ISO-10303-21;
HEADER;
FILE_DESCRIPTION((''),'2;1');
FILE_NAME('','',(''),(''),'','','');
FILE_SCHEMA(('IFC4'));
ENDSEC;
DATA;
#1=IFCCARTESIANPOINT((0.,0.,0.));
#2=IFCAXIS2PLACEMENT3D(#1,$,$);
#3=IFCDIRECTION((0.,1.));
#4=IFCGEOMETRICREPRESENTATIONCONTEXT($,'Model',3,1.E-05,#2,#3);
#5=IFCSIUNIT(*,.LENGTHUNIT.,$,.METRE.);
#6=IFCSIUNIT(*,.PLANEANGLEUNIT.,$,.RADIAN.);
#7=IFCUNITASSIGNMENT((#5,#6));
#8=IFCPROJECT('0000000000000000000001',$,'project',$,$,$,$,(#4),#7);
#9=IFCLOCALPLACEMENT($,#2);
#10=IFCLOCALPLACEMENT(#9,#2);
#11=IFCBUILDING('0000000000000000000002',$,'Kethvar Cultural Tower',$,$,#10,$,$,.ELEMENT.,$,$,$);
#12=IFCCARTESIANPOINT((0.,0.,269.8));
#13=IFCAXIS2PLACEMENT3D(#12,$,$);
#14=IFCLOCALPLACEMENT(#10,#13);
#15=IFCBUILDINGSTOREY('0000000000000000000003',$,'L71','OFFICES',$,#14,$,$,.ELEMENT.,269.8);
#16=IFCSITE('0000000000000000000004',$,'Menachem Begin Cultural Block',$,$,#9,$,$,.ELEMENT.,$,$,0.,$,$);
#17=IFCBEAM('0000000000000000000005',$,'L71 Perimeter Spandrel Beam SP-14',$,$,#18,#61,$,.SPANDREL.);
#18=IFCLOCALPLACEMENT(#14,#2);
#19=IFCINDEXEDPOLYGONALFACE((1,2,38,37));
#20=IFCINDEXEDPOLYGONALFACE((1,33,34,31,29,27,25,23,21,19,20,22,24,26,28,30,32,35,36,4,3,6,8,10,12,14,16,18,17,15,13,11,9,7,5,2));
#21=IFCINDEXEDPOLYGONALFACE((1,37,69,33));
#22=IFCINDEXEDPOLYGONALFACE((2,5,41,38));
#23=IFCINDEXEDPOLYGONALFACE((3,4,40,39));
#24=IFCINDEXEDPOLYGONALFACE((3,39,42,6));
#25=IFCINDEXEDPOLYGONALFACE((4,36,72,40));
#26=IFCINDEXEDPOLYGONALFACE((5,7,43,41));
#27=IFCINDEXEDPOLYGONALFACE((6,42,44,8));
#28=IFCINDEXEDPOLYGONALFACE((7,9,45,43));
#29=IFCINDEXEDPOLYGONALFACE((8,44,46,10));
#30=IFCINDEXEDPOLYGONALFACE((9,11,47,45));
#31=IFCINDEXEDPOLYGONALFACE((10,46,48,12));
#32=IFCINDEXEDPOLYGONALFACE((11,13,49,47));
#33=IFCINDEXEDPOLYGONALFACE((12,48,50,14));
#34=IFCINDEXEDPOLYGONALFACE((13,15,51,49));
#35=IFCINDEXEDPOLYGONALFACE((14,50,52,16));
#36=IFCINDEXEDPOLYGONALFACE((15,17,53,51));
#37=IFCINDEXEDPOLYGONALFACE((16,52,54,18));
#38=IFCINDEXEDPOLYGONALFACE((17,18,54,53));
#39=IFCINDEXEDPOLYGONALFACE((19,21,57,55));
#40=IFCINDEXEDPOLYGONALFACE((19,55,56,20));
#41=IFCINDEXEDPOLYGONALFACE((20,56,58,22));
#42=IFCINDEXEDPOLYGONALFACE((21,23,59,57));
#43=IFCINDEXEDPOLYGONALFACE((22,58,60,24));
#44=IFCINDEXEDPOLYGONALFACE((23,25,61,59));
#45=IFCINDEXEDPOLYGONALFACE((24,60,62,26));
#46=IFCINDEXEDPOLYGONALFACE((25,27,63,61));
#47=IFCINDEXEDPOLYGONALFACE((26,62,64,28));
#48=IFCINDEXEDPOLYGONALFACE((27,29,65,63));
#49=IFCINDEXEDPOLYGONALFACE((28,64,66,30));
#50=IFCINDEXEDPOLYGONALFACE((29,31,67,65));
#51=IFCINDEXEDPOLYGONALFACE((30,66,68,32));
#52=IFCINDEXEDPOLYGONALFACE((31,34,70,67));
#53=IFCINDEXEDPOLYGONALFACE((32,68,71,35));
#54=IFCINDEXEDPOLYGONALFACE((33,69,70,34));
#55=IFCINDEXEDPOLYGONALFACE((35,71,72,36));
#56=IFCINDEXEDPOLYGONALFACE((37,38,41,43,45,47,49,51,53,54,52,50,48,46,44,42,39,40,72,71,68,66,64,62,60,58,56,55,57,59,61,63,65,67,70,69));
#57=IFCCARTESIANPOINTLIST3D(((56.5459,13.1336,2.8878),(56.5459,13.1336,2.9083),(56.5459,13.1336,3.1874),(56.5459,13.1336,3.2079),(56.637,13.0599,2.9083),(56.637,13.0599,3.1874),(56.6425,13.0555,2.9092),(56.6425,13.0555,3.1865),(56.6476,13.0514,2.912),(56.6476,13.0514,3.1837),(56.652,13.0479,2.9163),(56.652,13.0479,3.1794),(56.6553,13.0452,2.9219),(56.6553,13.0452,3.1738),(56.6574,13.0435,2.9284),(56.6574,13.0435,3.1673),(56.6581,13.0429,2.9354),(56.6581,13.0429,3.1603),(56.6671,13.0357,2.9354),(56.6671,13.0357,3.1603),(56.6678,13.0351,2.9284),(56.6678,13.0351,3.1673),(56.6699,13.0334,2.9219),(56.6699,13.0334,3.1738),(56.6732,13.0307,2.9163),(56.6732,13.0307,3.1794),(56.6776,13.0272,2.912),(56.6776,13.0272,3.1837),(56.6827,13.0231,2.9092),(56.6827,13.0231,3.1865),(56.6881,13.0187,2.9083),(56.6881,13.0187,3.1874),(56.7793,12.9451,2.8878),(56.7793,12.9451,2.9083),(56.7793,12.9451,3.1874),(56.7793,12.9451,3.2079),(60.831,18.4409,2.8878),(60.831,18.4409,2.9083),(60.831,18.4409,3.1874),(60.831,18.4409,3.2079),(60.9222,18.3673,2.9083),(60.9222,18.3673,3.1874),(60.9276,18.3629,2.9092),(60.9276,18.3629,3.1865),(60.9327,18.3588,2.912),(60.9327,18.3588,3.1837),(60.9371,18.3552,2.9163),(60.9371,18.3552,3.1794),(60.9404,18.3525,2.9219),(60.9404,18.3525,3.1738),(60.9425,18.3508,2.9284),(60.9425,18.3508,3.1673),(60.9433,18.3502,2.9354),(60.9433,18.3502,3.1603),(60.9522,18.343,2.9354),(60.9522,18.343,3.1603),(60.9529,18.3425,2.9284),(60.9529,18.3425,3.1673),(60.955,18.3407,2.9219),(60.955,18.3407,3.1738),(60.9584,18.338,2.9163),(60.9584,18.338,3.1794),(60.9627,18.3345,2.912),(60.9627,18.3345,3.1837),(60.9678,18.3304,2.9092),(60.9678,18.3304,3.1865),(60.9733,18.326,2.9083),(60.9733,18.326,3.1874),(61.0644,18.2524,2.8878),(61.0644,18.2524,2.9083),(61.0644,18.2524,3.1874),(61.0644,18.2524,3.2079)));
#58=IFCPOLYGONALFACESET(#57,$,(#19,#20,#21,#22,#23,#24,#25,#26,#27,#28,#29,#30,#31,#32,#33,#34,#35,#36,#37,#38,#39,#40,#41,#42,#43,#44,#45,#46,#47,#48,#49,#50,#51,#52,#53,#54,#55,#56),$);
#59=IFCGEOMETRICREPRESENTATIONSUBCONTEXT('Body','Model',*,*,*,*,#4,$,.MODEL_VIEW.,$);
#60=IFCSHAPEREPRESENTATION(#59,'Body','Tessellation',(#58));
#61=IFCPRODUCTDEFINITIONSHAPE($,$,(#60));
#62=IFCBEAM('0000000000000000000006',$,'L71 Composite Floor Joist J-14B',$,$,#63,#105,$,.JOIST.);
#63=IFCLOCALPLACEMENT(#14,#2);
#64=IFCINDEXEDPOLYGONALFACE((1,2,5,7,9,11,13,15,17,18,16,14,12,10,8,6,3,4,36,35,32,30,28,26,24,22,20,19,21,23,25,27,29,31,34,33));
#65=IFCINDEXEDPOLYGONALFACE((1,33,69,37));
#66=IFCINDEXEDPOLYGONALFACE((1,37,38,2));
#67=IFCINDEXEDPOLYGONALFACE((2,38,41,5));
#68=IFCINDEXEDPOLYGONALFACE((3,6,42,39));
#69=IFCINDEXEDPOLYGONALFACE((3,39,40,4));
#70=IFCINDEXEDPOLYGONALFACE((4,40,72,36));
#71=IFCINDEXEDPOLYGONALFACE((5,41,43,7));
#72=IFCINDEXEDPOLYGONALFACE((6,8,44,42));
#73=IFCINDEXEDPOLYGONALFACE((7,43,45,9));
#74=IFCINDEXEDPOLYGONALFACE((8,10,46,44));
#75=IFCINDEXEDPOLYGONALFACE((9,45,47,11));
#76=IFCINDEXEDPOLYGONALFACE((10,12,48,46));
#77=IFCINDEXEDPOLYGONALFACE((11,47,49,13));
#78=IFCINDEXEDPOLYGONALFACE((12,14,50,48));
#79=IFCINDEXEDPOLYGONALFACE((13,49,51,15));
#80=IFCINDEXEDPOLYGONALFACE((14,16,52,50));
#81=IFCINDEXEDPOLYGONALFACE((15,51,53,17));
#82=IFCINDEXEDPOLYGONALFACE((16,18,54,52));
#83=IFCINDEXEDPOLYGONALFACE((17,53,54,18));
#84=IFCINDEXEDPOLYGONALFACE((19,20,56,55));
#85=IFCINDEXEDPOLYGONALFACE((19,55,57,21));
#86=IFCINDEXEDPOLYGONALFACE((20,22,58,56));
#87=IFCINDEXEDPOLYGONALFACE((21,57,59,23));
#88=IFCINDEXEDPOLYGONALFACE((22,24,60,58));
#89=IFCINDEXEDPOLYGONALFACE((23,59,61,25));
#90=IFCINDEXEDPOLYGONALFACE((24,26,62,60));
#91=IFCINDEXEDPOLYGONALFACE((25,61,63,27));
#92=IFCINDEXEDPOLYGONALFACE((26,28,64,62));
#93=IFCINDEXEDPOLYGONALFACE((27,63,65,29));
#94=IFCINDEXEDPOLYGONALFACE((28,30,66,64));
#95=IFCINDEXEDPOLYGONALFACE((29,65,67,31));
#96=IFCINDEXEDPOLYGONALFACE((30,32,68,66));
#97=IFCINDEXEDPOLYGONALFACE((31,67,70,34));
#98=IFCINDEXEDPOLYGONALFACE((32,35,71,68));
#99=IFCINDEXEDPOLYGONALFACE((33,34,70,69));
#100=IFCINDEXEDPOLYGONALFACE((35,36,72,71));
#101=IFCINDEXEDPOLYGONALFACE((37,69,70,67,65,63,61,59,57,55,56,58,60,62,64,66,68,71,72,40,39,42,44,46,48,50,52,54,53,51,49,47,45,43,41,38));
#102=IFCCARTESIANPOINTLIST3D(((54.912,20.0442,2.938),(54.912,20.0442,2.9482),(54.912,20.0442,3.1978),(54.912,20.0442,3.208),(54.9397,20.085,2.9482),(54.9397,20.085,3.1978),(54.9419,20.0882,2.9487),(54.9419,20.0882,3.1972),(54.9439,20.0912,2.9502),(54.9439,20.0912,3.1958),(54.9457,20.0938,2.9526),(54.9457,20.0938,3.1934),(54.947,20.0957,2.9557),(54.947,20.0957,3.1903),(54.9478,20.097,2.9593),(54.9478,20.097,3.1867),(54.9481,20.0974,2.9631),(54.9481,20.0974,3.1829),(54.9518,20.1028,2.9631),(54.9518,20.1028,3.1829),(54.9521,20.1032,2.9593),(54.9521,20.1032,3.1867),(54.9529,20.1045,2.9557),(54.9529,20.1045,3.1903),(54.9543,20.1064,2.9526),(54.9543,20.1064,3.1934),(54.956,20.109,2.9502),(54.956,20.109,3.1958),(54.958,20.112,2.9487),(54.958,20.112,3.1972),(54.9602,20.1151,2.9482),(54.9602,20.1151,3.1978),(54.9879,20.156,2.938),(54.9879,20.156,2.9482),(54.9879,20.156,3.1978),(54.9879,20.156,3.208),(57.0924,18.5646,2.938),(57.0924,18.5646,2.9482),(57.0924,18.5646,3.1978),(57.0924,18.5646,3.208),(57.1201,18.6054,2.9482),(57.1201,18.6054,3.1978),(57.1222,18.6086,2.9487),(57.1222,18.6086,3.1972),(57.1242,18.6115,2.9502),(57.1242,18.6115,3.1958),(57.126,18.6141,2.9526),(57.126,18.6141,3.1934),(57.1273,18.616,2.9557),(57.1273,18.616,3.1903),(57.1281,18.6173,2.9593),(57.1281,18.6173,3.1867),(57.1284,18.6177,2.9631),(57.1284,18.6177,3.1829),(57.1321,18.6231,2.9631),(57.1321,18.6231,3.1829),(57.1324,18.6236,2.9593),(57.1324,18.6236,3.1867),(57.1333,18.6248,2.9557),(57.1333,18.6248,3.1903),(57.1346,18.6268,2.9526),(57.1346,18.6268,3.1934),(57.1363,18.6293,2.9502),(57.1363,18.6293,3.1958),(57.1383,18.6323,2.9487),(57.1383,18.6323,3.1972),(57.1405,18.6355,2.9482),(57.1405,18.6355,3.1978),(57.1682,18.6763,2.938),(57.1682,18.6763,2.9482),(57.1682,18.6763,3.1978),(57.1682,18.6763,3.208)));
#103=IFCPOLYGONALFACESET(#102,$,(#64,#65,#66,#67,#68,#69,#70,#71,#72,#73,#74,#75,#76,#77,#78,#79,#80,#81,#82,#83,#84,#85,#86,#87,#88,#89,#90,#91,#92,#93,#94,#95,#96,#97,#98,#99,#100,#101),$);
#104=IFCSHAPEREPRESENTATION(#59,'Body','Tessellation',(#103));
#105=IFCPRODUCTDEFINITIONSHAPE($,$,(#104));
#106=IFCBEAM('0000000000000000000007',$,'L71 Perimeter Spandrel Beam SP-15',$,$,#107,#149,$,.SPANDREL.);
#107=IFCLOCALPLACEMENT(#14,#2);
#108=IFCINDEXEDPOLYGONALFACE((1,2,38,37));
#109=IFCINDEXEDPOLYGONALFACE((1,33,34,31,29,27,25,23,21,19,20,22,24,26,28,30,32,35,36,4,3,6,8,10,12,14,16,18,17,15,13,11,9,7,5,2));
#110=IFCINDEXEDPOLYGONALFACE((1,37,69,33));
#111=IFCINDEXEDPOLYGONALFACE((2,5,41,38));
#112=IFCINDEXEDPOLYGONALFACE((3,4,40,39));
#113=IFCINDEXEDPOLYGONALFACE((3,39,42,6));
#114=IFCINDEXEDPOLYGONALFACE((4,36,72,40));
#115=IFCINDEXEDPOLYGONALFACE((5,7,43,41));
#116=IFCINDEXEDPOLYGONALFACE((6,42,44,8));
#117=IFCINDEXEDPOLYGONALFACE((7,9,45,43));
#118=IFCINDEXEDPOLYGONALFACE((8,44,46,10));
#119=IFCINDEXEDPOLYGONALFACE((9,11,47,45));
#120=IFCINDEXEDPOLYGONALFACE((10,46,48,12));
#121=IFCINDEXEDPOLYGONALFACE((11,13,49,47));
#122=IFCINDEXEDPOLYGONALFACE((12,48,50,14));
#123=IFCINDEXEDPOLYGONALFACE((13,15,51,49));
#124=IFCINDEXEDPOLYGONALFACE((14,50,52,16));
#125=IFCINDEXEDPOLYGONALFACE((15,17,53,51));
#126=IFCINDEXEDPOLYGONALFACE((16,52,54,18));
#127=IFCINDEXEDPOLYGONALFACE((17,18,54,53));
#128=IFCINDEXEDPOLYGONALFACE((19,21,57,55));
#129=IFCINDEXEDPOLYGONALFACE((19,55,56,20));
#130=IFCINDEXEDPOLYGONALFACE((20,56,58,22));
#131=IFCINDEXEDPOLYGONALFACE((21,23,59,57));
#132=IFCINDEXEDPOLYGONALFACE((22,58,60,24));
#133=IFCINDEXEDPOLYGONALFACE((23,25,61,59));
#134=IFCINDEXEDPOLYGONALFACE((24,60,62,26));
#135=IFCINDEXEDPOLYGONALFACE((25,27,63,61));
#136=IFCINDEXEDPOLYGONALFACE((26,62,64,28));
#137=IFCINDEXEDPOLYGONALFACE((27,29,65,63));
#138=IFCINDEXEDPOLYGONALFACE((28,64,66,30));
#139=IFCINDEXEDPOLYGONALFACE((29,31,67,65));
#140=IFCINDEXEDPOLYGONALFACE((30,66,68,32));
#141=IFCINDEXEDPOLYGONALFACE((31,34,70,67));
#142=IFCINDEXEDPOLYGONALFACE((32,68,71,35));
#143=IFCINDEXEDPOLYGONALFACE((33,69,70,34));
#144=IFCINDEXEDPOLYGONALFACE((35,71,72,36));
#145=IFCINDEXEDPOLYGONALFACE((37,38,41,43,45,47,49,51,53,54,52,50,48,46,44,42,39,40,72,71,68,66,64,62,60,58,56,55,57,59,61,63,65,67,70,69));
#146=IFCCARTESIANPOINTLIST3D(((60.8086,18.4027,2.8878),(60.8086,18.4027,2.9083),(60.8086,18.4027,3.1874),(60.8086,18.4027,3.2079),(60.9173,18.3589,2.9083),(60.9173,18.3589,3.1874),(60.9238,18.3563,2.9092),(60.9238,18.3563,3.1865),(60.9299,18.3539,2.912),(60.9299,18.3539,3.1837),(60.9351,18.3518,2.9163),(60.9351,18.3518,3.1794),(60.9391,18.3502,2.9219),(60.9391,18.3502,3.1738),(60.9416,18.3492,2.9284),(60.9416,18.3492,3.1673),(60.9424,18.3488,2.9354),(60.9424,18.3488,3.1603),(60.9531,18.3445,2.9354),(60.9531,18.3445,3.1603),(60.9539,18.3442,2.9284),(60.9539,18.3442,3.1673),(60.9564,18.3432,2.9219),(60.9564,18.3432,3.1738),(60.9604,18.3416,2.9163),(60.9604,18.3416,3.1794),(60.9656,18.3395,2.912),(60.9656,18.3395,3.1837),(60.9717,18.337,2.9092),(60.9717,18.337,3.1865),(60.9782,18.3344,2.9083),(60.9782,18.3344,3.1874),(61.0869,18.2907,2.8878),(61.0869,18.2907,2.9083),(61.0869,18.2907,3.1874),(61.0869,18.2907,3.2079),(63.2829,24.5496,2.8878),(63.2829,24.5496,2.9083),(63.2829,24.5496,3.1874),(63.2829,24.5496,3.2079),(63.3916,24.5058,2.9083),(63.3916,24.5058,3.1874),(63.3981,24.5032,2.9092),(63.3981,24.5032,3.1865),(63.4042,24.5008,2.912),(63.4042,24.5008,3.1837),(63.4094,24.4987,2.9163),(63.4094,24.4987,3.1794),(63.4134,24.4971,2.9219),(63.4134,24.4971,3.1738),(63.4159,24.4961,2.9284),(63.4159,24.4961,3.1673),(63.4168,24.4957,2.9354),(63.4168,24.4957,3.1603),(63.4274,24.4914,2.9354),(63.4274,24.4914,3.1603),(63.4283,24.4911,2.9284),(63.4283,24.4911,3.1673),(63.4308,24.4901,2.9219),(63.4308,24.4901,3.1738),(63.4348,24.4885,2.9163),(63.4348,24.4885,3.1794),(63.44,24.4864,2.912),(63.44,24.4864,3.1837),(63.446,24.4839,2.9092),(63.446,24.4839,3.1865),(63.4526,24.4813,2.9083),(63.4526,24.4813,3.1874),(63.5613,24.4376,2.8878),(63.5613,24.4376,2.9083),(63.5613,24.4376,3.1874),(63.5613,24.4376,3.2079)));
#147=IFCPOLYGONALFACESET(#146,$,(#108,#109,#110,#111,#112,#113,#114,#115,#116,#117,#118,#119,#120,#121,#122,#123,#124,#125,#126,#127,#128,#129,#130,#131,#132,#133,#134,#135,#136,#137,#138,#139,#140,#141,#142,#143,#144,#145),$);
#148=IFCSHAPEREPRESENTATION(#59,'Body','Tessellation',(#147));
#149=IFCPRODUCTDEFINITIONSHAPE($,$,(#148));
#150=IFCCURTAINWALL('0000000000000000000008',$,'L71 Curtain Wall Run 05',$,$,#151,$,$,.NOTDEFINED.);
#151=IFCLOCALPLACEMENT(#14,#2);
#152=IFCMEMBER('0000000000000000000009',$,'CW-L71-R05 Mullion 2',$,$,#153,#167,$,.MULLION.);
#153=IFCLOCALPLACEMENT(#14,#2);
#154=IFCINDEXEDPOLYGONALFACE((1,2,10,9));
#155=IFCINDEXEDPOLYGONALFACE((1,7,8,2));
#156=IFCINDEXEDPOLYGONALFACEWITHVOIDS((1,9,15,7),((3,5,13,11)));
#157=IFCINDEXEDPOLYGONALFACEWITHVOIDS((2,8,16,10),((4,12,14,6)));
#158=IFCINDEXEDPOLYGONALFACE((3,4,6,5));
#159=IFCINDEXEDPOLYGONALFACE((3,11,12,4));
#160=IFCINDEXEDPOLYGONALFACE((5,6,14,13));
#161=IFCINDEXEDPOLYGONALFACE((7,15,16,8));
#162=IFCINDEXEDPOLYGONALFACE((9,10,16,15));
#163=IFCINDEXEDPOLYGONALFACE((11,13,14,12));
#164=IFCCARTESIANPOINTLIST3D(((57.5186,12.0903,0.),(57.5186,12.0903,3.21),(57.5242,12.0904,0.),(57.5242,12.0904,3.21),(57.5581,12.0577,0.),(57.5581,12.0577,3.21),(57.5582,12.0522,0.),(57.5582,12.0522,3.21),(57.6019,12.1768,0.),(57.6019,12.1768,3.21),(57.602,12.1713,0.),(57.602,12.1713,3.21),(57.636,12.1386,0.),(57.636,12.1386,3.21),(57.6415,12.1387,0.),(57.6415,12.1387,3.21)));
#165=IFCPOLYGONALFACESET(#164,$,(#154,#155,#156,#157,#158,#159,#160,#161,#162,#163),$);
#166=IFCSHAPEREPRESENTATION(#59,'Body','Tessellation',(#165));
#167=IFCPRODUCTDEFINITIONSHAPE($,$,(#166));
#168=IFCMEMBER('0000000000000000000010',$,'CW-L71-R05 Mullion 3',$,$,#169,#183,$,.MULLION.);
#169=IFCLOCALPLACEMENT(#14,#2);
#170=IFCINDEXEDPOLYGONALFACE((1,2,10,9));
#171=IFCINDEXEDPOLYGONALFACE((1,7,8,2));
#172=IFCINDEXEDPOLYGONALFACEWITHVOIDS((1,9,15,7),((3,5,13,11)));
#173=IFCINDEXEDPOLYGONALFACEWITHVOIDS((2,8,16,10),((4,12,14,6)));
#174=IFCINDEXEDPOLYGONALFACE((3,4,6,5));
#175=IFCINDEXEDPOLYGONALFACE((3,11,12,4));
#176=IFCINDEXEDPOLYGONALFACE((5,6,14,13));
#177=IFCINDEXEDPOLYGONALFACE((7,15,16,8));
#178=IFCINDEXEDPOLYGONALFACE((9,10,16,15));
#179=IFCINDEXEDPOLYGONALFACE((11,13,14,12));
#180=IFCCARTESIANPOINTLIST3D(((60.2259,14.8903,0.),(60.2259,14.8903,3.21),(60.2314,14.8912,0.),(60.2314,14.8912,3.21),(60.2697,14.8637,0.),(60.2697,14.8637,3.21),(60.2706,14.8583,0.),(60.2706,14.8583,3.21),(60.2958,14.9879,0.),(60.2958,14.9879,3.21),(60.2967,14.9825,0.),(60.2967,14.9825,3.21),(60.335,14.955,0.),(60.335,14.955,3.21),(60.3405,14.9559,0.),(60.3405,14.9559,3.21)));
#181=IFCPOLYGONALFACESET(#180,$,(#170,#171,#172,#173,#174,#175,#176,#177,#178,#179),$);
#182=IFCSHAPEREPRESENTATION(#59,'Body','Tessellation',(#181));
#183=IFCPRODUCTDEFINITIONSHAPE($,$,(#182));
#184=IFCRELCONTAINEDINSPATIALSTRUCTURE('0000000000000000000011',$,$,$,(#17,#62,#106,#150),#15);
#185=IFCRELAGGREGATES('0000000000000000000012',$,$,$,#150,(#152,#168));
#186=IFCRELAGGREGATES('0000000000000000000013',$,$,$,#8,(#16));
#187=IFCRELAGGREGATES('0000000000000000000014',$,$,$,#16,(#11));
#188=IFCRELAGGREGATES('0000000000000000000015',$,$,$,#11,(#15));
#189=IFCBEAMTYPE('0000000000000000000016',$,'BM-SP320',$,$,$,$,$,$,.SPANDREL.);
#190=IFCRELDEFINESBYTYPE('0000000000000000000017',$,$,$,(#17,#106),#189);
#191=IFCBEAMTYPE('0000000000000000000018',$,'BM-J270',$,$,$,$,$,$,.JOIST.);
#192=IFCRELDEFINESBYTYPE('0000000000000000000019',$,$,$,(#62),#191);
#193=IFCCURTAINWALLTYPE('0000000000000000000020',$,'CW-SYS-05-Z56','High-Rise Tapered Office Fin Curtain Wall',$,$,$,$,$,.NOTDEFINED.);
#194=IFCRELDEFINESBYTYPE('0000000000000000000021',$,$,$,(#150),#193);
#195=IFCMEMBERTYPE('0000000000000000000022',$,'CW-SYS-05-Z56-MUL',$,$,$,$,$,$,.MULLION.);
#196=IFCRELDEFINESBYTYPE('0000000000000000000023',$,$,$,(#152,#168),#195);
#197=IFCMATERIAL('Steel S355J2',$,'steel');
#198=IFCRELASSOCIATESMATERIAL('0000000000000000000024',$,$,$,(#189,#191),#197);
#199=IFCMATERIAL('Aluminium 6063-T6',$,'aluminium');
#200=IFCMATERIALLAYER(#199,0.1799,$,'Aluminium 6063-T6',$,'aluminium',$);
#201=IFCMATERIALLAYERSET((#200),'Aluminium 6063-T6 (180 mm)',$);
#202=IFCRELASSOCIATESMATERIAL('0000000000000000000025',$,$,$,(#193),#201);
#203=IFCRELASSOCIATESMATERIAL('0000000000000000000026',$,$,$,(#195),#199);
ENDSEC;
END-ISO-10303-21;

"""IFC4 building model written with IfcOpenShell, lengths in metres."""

from ifc_helpers import new_model, si_unit, direction, frame, origin, origin_2d, place, context, subcontext, project, spatial, hollow_rectangle, i_section, extrude, source, transform, mapped, material, layer, layer_set, material_profile, profile_set, type_object, element, aggregate, save


model = new_model("IFC4")

# Units and contexts
model_context = context("Model", 3, precision=1e-05, world=origin(), true_north=direction((0.0, 1.0)))
body_context = subcontext(model_context, "Body", "Model", "MODEL_VIEW")
ifc_project = project(units=[si_unit("LENGTHUNIT", "METRE"), si_unit("PLANEANGLEUNIT", "RADIAN")], contexts=[model_context])

# Site, building, storey
site_placement = place(None, origin())
site = spatial("IfcSite", under=ifc_project, at=site_placement, Name="Menachem Begin Cultural Block", CompositionType="ELEMENT", RefElevation=0.0)
building_placement = place(site_placement, origin())
building = spatial("IfcBuilding", under=site, at=building_placement, Name="Kethvar Cultural Tower", CompositionType="ELEMENT")
storey_placement = place(building_placement, frame((0.0, 0.0, 269.8)))
storey = spatial("IfcBuildingStorey", under=building, at=storey_placement, Name="L71", Description="OFFICES", CompositionType="ELEMENT", Elevation=269.8)

# Shared definitions
ifc_material_1 = material(Name="Steel S355J2", Category="steel")

# Beams
ifc_material_profile_1 = material_profile(ifc_material_1, i_section(OverallWidth=0.3, OverallDepth=0.3201, WebThickness=0.0115, FlangeThickness=0.0205, FilletRadius=0.0271, at=origin_2d()), Name="Steel S355J2 — HEB320")
ifc_profile_set_1 = profile_set([ifc_material_profile_1], Name="Steel S355J2 — HEB320")
beam_type_1 = type_object("IfcBeamType", Name="BM-SP320", PredefinedType="SPANDREL", material=ifc_profile_set_1)
shared_shape_1 = source(origin(), body_context, "Body", "SweptSolid", [
    extrude(i_section(OverallWidth=0.3, OverallDepth=0.3201, WebThickness=0.0115, FlangeThickness=0.0205, FilletRadius=0.0271, at=origin_2d()), origin(), (0.0, 0.0, 1.0), 6.8213),
])
beam_1_placement = place(storey_placement, frame((56.6626, 13.0393, 3.0479), z_axis=(0.628198, 0.778054, 0.0), x_axis=(-0.778054, 0.628198, 0.0)))
element("IfcBeam", 1, at=beam_1_placement, inside=storey, type_object=beam_type_1, Name="L71 Perimeter Spandrel Beam SP-14", PredefinedType="SPANDREL", context=body_context, shape_type="MappedRepresentation", body=[
    mapped(shared_shape_1, transform((0.0, 0.0, 0.0), scale=1.0)),
])
ifc_material_profile_2 = material_profile(ifc_material_1, i_section(OverallWidth=0.135, OverallDepth=0.27, WebThickness=0.0066, FlangeThickness=0.0103, FilletRadius=0.0149, at=origin_2d()), Name="Steel S355J2 — IPE270")
ifc_profile_set_2 = profile_set([ifc_material_profile_2], Name="Steel S355J2 — IPE270")
beam_type_2 = type_object("IfcBeamType", Name="BM-J270", PredefinedType="JOIST", material=ifc_profile_set_2)
shared_shape_2 = source(origin(), body_context, "Body", "SweptSolid", [
    extrude(i_section(OverallWidth=0.135, OverallDepth=0.27, WebThickness=0.0066, FlangeThickness=0.0103, FilletRadius=0.0149, at=origin_2d()), origin(), (0.0, 0.0, 1.0), 2.635),
])
beam_2_placement = place(storey_placement, frame((54.95, 20.1001, 3.073), z_axis=(0.827447, -0.561544, 0.0), x_axis=(0.561544, 0.827447, 0.0)))
element("IfcBeam", 2, at=beam_2_placement, inside=storey, type_object=beam_type_2, Name="L71 Composite Floor Joist J-14B", PredefinedType="JOIST", context=body_context, shape_type="MappedRepresentation", body=[
    mapped(shared_shape_2, transform((0.0, 0.0, 0.0), scale=1.0)),
])
shared_shape_3 = source(origin(), body_context, "Body", "SweptSolid", [
    extrude(i_section(OverallWidth=0.3, OverallDepth=0.3201, WebThickness=0.0115, FlangeThickness=0.0205, FilletRadius=0.0271, at=origin_2d()), origin(), (0.0, 0.0, 1.0), 6.6262),
])
beam_3_placement = place(storey_placement, frame((60.9478, 18.3467, 3.0479), z_axis=(0.373416, 0.927664, 0.0), x_axis=(-0.927664, 0.373416, 0.0)))
element("IfcBeam", 3, at=beam_3_placement, inside=storey, type_object=beam_type_1, Name="L71 Perimeter Spandrel Beam SP-15", PredefinedType="SPANDREL", context=body_context, shape_type="MappedRepresentation", body=[
    mapped(shared_shape_3, transform((0.0, 0.0, 0.0), scale=1.0)),
])

# Curtain wall, members
ifc_material_2 = material(Name="Aluminium 6063-T6", Category="aluminium")
ifc_layer_1 = layer(ifc_material_2, 0.1799, Name="Aluminium 6063-T6", Category="aluminium")
ifc_layer_set_1 = layer_set([ifc_layer_1], Name="Aluminium 6063-T6 (180 mm)")
curtain_wall_type = type_object("IfcCurtainWallType", Name="CW-SYS-05-Z56", Description="High-Rise Tapered Office Fin Curtain Wall", PredefinedType="NOTDEFINED", material=ifc_layer_set_1)
curtain_wall_placement = place(storey_placement, origin())
curtain_wall = element("IfcCurtainWall", 4, at=curtain_wall_placement, inside=storey, type_object=curtain_wall_type, Name="L71 Curtain Wall Run 05", PredefinedType="NOTDEFINED")
ifc_material_profile_3 = material_profile(ifc_material_2, hollow_rectangle(XDim=0.0549, YDim=0.1201, WallThickness=0.0039, at=origin_2d()), Name="Aluminium 6063-T6 — RHS120x55x4")
ifc_profile_set_3 = profile_set([ifc_material_profile_3], Name="Aluminium 6063-T6 — RHS120x55x4")
member_type_1 = type_object("IfcMemberType", Name="CW-SYS-05-Z56-MUL", PredefinedType="MULLION", material=ifc_profile_set_3)
shared_shape_4 = source(origin(), body_context, "Body", "SweptSolid", [
    extrude(hollow_rectangle(XDim=0.0549, YDim=0.1201, WallThickness=0.0039, at=origin_2d()), origin(), (0.0, 0.0, 1.0), 3.21),
])
member_1_placement = place(storey_placement, frame((57.5801, 12.1145, 0.0), z_axis=(0.0, 0.0, 1.0), x_axis=(-0.720696, 0.693251, 0.0)))
member_1 = element("IfcMember", 5, at=member_1_placement, type_object=member_type_1, Name="CW-L71-R05 Mullion 2", PredefinedType="MULLION", context=body_context, shape_type="MappedRepresentation", body=[
    mapped(shared_shape_4, transform((0.0, 0.0, 0.0), scale=1.0)),
])
member_2_placement = place(storey_placement, frame((60.2832, 14.9231, 0.0), z_axis=(0.0, 0.0, 1.0), x_axis=(-0.81308, 0.582151, 0.0)))
member_2 = element("IfcMember", 6, at=member_2_placement, type_object=member_type_1, Name="CW-L71-R05 Mullion 3", PredefinedType="MULLION", context=body_context, shape_type="MappedRepresentation", body=[
    mapped(shared_shape_4, transform((0.0, 0.0, 0.0), scale=1.0)),
])
aggregate(curtain_wall, [member_1, member_2])

save(model, "model.ifc")
